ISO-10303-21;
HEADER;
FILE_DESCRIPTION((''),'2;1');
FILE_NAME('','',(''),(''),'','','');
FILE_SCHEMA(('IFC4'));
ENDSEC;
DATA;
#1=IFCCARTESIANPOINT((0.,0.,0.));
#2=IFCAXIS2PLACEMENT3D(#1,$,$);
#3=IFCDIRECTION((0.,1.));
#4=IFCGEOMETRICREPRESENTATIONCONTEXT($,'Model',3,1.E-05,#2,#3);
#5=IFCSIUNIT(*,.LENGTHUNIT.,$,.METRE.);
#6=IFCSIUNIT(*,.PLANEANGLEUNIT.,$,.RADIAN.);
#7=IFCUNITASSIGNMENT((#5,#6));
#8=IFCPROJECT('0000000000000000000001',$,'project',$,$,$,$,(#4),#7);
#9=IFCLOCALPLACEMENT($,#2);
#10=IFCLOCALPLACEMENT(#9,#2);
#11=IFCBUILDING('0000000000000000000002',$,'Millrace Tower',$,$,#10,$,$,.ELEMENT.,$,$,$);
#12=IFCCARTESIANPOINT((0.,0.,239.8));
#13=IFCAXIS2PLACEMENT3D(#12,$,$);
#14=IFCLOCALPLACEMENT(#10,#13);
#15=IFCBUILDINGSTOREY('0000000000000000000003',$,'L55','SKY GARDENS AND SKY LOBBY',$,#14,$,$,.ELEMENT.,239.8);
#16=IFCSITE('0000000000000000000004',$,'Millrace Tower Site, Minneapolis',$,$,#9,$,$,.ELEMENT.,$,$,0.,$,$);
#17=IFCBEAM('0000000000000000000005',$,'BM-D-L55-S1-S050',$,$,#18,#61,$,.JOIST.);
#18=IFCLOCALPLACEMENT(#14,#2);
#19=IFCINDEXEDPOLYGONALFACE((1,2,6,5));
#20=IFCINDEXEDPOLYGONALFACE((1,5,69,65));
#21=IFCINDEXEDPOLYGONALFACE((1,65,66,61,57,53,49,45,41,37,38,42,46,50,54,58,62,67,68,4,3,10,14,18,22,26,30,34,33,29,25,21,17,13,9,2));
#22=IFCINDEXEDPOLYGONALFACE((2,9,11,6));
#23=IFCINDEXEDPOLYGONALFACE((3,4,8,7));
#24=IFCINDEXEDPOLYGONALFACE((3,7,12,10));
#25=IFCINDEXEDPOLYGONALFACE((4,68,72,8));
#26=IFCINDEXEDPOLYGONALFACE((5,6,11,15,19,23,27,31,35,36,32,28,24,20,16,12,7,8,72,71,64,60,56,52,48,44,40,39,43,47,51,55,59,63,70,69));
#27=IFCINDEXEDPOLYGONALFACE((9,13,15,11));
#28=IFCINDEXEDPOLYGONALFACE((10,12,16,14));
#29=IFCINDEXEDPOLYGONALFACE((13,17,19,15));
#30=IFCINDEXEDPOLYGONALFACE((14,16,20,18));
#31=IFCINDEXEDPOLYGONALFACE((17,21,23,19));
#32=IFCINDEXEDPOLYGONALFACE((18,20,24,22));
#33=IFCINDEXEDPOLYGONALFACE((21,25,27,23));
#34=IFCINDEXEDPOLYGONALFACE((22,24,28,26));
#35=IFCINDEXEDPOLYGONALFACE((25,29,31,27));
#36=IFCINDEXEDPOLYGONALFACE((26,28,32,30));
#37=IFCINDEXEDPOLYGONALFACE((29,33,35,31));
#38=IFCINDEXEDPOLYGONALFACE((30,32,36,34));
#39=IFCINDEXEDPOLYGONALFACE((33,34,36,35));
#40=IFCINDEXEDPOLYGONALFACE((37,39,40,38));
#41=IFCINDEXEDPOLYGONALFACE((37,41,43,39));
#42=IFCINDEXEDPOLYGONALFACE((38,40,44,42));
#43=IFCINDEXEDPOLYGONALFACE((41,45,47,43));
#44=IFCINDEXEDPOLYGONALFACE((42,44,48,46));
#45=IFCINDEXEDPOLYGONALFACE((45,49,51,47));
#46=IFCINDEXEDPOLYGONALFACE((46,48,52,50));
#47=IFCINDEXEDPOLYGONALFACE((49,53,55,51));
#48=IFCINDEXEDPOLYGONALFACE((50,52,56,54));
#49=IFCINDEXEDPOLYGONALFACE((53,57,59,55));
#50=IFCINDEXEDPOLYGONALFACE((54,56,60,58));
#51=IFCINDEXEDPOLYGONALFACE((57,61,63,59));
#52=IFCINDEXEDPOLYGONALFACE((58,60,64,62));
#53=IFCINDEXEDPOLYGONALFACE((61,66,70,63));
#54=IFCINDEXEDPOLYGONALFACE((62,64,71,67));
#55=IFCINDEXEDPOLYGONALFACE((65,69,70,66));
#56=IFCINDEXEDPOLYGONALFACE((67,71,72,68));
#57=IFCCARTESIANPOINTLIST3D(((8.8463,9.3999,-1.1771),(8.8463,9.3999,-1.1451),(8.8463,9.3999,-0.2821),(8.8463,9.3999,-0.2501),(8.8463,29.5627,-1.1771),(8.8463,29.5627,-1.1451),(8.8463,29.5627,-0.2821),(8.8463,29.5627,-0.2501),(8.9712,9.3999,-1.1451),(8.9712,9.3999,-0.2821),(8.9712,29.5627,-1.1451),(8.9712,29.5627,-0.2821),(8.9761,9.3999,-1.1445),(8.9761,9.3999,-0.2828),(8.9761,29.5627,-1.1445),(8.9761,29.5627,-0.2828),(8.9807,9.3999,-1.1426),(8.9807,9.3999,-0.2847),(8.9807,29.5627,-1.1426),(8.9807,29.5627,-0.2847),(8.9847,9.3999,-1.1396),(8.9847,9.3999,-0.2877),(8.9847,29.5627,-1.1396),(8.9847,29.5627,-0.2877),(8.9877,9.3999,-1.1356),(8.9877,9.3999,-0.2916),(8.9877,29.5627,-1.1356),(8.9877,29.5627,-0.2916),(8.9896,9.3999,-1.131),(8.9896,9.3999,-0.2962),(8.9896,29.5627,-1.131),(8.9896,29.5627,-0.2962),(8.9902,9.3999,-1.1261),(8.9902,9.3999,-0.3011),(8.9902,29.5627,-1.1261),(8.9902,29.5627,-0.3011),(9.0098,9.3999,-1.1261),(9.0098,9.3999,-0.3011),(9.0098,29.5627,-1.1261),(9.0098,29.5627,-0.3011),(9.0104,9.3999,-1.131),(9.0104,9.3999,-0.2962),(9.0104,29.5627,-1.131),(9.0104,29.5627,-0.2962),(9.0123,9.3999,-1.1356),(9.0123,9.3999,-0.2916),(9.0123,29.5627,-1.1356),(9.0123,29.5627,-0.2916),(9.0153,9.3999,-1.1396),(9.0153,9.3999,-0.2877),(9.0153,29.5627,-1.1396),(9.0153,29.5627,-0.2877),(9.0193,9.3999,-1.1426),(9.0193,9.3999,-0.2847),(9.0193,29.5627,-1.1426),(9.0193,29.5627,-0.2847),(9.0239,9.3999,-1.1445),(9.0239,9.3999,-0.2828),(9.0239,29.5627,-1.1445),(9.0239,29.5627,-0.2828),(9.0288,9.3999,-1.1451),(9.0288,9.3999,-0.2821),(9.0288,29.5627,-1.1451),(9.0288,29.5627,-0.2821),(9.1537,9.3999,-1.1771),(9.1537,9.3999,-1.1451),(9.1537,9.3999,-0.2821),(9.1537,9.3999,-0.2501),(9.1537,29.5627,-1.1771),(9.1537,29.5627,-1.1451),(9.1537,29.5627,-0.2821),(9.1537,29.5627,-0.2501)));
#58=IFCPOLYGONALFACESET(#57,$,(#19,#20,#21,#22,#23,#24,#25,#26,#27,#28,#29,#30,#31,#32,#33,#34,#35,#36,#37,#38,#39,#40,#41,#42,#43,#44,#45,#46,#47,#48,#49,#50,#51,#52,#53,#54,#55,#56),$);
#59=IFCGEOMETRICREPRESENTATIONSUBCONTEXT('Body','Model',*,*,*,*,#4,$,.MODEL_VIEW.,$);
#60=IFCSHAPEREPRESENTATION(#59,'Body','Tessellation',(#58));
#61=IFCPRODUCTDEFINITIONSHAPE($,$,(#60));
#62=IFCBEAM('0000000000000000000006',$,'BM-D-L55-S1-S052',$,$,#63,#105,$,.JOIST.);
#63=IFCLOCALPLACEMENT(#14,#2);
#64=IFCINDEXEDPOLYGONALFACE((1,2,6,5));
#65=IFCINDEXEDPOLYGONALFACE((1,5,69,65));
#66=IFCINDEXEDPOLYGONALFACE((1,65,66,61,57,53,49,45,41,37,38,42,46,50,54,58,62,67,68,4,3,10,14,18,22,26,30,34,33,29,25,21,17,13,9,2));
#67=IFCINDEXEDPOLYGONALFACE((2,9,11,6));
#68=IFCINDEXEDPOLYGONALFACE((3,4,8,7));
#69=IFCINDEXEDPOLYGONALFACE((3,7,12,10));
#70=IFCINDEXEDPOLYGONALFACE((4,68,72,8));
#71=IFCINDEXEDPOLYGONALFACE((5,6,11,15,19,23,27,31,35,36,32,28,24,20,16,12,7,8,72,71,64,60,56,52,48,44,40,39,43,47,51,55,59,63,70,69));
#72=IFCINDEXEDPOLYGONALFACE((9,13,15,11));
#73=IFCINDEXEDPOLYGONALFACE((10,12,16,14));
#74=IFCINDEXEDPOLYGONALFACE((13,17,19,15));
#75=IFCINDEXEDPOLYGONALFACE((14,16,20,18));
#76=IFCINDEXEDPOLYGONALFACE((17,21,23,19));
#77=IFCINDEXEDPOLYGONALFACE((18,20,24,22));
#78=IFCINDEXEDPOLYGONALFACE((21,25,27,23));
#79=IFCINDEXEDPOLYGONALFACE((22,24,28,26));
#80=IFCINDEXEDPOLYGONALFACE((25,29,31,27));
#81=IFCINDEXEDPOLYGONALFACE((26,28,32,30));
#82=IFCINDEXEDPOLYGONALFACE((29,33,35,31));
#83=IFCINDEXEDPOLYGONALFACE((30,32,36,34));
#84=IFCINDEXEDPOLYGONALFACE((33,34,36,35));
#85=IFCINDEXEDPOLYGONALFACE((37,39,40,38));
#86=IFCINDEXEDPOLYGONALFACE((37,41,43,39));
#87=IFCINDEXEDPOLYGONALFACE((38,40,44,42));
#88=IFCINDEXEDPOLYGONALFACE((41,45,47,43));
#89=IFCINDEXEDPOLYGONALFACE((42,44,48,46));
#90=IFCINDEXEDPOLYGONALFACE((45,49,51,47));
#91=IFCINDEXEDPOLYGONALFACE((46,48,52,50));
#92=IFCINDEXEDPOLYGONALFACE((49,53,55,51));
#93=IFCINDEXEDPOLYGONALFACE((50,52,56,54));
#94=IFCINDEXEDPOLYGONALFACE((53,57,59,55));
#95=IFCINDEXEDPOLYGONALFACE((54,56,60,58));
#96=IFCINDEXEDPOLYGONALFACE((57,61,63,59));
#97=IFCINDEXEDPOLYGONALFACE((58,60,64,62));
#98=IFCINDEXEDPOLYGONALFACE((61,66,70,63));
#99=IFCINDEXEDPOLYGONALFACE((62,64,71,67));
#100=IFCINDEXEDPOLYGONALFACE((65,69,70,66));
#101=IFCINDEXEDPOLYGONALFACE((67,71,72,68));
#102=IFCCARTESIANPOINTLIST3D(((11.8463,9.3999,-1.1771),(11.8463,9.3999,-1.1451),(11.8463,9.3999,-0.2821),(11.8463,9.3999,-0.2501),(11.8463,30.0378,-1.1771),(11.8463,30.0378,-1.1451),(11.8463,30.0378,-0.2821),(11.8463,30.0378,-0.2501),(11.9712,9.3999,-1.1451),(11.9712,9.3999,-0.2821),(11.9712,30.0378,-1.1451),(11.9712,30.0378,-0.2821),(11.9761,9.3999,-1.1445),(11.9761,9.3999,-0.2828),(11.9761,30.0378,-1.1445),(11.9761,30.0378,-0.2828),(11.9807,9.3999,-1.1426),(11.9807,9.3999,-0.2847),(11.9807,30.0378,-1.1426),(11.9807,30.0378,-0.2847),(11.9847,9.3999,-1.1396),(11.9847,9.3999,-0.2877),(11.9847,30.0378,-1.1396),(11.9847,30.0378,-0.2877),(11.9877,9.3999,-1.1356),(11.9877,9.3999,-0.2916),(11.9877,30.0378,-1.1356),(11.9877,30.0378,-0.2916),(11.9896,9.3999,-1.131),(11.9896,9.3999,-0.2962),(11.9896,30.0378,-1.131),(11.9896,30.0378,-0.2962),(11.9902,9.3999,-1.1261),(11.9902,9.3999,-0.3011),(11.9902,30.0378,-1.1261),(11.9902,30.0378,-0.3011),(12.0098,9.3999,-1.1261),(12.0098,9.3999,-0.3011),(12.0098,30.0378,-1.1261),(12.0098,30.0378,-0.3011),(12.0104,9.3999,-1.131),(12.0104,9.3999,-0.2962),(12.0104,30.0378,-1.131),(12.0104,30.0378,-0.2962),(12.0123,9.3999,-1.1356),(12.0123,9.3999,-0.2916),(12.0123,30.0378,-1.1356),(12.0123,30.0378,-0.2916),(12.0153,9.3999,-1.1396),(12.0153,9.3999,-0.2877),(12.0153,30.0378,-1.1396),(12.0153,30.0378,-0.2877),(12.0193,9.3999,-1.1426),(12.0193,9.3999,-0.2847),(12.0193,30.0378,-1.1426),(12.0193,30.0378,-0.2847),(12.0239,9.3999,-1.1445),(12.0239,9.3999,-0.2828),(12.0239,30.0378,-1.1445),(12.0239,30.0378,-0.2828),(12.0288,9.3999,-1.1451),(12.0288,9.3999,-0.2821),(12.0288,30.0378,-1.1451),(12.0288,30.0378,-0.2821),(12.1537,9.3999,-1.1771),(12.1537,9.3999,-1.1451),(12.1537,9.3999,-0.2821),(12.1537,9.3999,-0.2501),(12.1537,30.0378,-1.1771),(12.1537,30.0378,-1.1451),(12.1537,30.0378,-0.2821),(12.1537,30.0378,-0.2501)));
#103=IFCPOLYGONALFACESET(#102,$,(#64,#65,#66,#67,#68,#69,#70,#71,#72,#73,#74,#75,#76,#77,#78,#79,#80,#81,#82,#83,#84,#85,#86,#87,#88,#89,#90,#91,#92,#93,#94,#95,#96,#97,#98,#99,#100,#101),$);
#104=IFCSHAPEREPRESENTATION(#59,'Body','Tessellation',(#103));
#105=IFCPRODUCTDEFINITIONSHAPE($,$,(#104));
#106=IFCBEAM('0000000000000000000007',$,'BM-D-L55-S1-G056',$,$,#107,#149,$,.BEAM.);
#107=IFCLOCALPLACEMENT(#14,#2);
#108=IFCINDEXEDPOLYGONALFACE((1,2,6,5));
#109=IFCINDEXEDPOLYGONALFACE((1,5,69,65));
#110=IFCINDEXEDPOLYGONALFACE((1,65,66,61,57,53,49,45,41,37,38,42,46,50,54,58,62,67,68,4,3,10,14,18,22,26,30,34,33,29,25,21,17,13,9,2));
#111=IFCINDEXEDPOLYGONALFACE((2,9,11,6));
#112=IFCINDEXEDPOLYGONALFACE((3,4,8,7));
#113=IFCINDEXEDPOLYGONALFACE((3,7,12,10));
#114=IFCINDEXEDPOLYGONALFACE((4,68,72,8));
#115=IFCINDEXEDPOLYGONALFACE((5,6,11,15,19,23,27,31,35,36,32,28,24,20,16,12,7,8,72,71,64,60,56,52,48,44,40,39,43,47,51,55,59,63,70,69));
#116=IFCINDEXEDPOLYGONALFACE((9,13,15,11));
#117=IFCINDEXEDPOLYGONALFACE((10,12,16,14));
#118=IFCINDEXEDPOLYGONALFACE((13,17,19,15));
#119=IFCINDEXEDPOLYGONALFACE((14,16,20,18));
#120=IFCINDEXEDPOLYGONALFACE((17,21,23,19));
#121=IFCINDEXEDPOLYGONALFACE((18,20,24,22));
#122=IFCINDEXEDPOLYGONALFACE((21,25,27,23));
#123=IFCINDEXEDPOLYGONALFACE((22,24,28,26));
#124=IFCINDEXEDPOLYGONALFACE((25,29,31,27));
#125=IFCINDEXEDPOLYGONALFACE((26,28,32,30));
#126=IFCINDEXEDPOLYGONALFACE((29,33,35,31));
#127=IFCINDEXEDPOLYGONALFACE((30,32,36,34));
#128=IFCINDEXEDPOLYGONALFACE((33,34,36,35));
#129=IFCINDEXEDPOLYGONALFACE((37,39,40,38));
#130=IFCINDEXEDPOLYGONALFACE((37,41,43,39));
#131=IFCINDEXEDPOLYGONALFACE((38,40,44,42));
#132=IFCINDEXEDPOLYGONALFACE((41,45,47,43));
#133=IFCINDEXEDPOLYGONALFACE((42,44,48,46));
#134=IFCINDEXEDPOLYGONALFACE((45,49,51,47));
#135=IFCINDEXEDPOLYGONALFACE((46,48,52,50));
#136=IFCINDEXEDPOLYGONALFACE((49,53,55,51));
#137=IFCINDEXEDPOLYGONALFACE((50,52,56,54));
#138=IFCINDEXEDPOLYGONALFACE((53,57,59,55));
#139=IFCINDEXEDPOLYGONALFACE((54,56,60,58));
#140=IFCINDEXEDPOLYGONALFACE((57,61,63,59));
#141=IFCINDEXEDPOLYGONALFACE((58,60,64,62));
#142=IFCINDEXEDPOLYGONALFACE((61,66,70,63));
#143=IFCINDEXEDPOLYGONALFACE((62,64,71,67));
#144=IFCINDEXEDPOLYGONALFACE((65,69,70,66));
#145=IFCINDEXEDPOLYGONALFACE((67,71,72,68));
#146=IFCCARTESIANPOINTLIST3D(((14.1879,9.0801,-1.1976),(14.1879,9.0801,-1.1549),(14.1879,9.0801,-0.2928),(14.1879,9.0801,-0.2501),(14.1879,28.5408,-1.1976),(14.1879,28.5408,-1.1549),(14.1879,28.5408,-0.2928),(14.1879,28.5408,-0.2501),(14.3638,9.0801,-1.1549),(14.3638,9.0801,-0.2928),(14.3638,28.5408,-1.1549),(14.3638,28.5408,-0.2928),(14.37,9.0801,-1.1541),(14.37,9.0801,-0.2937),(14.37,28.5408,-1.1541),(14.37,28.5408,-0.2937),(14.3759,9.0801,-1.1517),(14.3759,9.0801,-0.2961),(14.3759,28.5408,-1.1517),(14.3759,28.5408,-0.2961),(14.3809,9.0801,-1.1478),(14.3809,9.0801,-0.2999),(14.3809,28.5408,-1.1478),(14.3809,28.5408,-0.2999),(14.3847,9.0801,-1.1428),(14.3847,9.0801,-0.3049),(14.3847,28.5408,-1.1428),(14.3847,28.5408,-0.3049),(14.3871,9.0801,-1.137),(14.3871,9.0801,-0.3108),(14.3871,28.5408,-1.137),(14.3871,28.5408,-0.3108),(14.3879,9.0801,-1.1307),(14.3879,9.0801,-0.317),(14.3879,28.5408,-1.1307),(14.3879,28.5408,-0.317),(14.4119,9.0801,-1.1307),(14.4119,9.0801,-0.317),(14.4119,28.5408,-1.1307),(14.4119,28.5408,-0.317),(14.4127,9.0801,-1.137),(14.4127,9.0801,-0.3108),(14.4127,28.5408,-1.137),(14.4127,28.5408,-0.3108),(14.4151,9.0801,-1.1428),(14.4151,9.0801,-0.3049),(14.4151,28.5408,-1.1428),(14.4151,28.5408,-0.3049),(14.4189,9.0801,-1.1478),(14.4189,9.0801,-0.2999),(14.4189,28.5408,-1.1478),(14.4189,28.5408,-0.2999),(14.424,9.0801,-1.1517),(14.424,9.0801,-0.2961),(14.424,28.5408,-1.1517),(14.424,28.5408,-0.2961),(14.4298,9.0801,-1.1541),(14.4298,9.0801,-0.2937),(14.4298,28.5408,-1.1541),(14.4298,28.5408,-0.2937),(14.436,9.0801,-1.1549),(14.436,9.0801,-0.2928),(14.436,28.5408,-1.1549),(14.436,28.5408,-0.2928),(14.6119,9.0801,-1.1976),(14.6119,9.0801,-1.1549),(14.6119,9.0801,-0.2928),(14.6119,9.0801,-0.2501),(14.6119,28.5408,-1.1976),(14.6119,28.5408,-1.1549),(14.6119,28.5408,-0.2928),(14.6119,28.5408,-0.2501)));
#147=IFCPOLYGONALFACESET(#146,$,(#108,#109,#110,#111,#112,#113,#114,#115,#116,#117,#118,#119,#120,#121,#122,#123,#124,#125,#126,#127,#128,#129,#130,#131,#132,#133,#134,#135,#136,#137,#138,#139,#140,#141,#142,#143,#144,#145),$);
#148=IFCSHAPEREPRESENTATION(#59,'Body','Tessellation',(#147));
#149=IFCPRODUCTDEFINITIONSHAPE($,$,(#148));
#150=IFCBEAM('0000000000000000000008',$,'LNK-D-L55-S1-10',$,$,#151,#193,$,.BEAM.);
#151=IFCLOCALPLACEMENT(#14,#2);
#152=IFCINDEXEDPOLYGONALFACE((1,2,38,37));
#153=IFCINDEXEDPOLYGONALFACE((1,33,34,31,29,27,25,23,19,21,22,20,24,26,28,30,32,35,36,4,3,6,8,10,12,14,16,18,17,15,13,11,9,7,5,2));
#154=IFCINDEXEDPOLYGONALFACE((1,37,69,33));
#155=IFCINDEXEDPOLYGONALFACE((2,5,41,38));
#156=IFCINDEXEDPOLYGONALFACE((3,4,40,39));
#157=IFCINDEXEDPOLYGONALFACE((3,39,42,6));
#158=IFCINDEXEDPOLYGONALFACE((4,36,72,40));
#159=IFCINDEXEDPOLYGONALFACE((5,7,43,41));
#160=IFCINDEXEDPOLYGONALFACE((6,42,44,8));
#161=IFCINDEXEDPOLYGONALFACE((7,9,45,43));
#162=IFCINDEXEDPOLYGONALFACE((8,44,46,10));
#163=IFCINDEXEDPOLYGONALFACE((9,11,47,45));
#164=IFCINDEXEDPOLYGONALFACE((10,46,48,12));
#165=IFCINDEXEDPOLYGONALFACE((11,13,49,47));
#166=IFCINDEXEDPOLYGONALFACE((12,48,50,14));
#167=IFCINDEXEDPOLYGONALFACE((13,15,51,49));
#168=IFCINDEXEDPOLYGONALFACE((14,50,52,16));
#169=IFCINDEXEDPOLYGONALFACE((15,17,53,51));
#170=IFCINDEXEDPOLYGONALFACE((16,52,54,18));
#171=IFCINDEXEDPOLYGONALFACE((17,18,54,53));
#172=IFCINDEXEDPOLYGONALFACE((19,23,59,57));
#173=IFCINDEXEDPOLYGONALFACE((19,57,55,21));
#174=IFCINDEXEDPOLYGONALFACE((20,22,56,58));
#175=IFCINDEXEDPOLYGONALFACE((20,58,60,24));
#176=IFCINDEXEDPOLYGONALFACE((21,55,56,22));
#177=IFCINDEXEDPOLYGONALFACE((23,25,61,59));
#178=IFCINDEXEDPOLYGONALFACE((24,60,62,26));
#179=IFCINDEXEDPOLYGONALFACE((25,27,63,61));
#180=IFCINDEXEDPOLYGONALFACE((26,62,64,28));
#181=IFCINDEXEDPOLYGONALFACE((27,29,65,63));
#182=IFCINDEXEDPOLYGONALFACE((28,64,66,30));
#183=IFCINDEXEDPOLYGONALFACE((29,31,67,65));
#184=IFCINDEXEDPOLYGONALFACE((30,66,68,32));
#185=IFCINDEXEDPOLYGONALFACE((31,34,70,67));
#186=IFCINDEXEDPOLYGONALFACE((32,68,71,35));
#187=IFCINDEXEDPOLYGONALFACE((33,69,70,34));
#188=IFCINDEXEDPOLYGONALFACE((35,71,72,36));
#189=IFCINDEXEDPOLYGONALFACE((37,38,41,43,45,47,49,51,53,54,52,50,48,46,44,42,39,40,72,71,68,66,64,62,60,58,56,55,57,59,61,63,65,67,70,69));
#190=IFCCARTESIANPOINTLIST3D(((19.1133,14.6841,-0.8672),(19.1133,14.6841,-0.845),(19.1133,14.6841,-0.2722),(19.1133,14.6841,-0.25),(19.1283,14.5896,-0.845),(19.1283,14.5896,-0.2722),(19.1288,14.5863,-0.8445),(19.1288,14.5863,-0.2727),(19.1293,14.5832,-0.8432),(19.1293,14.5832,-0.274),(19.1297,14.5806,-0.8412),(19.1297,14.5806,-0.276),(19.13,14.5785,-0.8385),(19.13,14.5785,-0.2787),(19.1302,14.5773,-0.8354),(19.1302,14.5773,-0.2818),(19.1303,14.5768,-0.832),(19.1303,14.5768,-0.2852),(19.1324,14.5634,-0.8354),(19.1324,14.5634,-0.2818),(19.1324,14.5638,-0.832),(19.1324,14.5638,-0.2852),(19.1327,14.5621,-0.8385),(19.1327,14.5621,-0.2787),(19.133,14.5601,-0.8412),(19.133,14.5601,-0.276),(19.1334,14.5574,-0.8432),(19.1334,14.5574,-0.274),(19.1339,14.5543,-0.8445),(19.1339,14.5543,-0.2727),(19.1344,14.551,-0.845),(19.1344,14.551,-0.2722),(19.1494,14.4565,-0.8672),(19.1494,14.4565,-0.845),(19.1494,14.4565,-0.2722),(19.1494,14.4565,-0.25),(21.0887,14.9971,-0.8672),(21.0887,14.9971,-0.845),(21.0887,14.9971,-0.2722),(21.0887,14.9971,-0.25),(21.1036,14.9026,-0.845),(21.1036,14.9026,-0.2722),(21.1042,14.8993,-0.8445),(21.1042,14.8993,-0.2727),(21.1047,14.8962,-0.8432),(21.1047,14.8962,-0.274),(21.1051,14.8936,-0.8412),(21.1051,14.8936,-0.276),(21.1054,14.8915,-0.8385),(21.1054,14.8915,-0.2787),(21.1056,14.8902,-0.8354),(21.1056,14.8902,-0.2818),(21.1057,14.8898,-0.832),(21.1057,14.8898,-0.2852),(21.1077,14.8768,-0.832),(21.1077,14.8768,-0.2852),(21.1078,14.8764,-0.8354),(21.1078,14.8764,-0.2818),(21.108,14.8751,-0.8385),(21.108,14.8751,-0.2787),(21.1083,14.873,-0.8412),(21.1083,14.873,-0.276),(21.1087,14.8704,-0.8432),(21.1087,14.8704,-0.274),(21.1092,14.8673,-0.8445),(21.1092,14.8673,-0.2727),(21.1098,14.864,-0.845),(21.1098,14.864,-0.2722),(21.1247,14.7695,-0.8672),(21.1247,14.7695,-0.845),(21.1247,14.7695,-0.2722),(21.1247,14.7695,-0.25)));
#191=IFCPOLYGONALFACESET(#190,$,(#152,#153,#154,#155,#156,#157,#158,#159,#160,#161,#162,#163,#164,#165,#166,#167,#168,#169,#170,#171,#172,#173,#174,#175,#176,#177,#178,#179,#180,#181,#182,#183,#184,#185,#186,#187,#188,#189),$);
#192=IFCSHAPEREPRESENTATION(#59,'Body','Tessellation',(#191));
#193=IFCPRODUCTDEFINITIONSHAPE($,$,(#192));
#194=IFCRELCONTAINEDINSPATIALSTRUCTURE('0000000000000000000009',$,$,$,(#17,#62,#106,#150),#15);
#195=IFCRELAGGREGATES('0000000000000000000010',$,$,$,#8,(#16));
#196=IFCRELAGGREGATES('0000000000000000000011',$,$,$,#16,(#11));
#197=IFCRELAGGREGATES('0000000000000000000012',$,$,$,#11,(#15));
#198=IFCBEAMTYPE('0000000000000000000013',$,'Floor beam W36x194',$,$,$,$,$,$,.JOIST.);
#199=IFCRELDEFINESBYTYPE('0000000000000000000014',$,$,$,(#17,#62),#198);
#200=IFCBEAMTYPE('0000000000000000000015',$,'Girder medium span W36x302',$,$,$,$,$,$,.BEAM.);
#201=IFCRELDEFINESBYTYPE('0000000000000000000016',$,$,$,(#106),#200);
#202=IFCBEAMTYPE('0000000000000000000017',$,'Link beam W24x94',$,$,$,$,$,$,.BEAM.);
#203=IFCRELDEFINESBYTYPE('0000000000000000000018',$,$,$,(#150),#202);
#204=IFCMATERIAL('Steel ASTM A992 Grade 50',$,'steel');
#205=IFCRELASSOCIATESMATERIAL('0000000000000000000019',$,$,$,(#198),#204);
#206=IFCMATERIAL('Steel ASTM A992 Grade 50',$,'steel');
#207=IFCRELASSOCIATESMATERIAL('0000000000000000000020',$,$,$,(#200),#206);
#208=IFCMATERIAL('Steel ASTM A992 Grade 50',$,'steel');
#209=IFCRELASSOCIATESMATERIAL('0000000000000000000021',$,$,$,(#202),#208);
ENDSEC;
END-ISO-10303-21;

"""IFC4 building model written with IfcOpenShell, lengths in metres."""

from ifc_helpers import new_model, si_unit, direction, frame, origin, origin_2d, place, context, subcontext, project, spatial, i_section, extrude, material, material_profile, profile_set, type_object, element, save


model = new_model("IFC4")

# Units and contexts
model_context = context("Model", 3, precision=1e-05, world=origin(), true_north=direction((0.0, 1.0)))
body_context = subcontext(model_context, "Body", "Model", "MODEL_VIEW")
ifc_project = project(units=[si_unit("LENGTHUNIT", "METRE"), si_unit("PLANEANGLEUNIT", "RADIAN")], contexts=[model_context])

# Site, building, storey
site_placement = place(None, origin())
site = spatial("IfcSite", under=ifc_project, at=site_placement, Name="Millrace Tower Site, Minneapolis", CompositionType="ELEMENT", RefElevation=0.0)
building_placement = place(site_placement, origin())
building = spatial("IfcBuilding", under=site, at=building_placement, Name="Millrace Tower", CompositionType="ELEMENT")
storey_placement = place(building_placement, frame((0.0, 0.0, 239.8)))
storey = spatial("IfcBuildingStorey", under=building, at=storey_placement, Name="L55", Description="SKY GARDENS AND SKY LOBBY", CompositionType="ELEMENT", Elevation=239.8)

# Beams
ifc_material_1 = material(Name="Steel ASTM A992 Grade 50", Category="steel")
ifc_material_profile_1 = material_profile(ifc_material_1, i_section(OverallWidth=0.3074, OverallDepth=0.927, WebThickness=0.0195, FlangeThickness=0.032, FilletRadius=0.019, at=origin_2d()))
ifc_profile_set_1 = profile_set([ifc_material_profile_1], Name="Steel ASTM A992 Grade 50")
beam_type_1 = type_object("IfcBeamType", Name="Floor beam W36x194", PredefinedType="JOIST", material=ifc_profile_set_1)
beam_1_placement = place(storey_placement, frame((9.0, 9.3999, -0.7136), z_axis=(0.0, 1.0, 0.0), x_axis=(-1.0, 0.0, 0.0)))
element("IfcBeam", 1, at=beam_1_placement, inside=storey, type_object=beam_type_1, Name="BM-D-L55-S1-S050", PredefinedType="JOIST", context=body_context, shape_type="SweptSolid", body=[
    extrude(i_section(OverallWidth=0.3074, OverallDepth=0.927, WebThickness=0.0195, FlangeThickness=0.032, FilletRadius=0.019, at=origin_2d()), origin(), (0.0, 0.0, 1.0), 20.1628),
])
beam_2_placement = place(storey_placement, frame((12.0, 9.3999, -0.7136), z_axis=(0.0, 1.0, 0.0), x_axis=(-1.0, 0.0, 0.0)))
element("IfcBeam", 2, at=beam_2_placement, inside=storey, type_object=beam_type_1, Name="BM-D-L55-S1-S052", PredefinedType="JOIST", context=body_context, shape_type="SweptSolid", body=[
    extrude(i_section(OverallWidth=0.3074, OverallDepth=0.927, WebThickness=0.0195, FlangeThickness=0.032, FilletRadius=0.019, at=origin_2d()), origin(), (0.0, 0.0, 1.0), 20.6379),
])
ifc_material_2 = material(Name="Steel ASTM A992 Grade 50", Category="steel")
ifc_material_profile_2 = material_profile(ifc_material_2, i_section(OverallWidth=0.4241, OverallDepth=0.9475, WebThickness=0.0239, FlangeThickness=0.0427, FilletRadius=0.0242, at=origin_2d()))
ifc_profile_set_2 = profile_set([ifc_material_profile_2], Name="Steel ASTM A992 Grade 50")
beam_type_2 = type_object("IfcBeamType", Name="Girder medium span W36x302", PredefinedType="BEAM", material=ifc_profile_set_2)
beam_3_placement = place(storey_placement, frame((14.3999, 9.0801, -0.7239), z_axis=(0.0, 1.0, 0.0), x_axis=(-1.0, 0.0, 0.0)))
element("IfcBeam", 3, at=beam_3_placement, inside=storey, type_object=beam_type_2, Name="BM-D-L55-S1-G056", PredefinedType="BEAM", context=body_context, shape_type="SweptSolid", body=[
    extrude(i_section(OverallWidth=0.4241, OverallDepth=0.9475, WebThickness=0.0239, FlangeThickness=0.0427, FilletRadius=0.0242, at=origin_2d()), origin(), (0.0, 0.0, 1.0), 19.4607),
])
ifc_material_3 = material(Name="Steel ASTM A992 Grade 50", Category="steel")
ifc_material_profile_3 = material_profile(ifc_material_3, i_section(OverallWidth=0.2305, OverallDepth=0.6172, WebThickness=0.0132, FlangeThickness=0.0222, FilletRadius=0.0129, at=origin_2d()))
ifc_profile_set_3 = profile_set([ifc_material_profile_3], Name="Steel ASTM A992 Grade 50")
beam_type_3 = type_object("IfcBeamType", Name="Link beam W24x94", PredefinedType="BEAM", material=ifc_profile_set_3)
beam_4_placement = place(storey_placement, frame((19.1313, 14.5703, -0.5586), z_axis=(0.987679, 0.156495, 0.0), x_axis=(-0.156495, 0.987679, 0.0)))
element("IfcBeam", 4, at=beam_4_placement, inside=storey, type_object=beam_type_3, Name="LNK-D-L55-S1-10", PredefinedType="BEAM", context=body_context, shape_type="SweptSolid", body=[
    extrude(i_section(OverallWidth=0.2305, OverallDepth=0.6172, WebThickness=0.0132, FlangeThickness=0.0222, FilletRadius=0.0129, at=origin_2d()), origin(), (0.0, 0.0, 1.0), 2.0),
])

save(model, "model.ifc")
